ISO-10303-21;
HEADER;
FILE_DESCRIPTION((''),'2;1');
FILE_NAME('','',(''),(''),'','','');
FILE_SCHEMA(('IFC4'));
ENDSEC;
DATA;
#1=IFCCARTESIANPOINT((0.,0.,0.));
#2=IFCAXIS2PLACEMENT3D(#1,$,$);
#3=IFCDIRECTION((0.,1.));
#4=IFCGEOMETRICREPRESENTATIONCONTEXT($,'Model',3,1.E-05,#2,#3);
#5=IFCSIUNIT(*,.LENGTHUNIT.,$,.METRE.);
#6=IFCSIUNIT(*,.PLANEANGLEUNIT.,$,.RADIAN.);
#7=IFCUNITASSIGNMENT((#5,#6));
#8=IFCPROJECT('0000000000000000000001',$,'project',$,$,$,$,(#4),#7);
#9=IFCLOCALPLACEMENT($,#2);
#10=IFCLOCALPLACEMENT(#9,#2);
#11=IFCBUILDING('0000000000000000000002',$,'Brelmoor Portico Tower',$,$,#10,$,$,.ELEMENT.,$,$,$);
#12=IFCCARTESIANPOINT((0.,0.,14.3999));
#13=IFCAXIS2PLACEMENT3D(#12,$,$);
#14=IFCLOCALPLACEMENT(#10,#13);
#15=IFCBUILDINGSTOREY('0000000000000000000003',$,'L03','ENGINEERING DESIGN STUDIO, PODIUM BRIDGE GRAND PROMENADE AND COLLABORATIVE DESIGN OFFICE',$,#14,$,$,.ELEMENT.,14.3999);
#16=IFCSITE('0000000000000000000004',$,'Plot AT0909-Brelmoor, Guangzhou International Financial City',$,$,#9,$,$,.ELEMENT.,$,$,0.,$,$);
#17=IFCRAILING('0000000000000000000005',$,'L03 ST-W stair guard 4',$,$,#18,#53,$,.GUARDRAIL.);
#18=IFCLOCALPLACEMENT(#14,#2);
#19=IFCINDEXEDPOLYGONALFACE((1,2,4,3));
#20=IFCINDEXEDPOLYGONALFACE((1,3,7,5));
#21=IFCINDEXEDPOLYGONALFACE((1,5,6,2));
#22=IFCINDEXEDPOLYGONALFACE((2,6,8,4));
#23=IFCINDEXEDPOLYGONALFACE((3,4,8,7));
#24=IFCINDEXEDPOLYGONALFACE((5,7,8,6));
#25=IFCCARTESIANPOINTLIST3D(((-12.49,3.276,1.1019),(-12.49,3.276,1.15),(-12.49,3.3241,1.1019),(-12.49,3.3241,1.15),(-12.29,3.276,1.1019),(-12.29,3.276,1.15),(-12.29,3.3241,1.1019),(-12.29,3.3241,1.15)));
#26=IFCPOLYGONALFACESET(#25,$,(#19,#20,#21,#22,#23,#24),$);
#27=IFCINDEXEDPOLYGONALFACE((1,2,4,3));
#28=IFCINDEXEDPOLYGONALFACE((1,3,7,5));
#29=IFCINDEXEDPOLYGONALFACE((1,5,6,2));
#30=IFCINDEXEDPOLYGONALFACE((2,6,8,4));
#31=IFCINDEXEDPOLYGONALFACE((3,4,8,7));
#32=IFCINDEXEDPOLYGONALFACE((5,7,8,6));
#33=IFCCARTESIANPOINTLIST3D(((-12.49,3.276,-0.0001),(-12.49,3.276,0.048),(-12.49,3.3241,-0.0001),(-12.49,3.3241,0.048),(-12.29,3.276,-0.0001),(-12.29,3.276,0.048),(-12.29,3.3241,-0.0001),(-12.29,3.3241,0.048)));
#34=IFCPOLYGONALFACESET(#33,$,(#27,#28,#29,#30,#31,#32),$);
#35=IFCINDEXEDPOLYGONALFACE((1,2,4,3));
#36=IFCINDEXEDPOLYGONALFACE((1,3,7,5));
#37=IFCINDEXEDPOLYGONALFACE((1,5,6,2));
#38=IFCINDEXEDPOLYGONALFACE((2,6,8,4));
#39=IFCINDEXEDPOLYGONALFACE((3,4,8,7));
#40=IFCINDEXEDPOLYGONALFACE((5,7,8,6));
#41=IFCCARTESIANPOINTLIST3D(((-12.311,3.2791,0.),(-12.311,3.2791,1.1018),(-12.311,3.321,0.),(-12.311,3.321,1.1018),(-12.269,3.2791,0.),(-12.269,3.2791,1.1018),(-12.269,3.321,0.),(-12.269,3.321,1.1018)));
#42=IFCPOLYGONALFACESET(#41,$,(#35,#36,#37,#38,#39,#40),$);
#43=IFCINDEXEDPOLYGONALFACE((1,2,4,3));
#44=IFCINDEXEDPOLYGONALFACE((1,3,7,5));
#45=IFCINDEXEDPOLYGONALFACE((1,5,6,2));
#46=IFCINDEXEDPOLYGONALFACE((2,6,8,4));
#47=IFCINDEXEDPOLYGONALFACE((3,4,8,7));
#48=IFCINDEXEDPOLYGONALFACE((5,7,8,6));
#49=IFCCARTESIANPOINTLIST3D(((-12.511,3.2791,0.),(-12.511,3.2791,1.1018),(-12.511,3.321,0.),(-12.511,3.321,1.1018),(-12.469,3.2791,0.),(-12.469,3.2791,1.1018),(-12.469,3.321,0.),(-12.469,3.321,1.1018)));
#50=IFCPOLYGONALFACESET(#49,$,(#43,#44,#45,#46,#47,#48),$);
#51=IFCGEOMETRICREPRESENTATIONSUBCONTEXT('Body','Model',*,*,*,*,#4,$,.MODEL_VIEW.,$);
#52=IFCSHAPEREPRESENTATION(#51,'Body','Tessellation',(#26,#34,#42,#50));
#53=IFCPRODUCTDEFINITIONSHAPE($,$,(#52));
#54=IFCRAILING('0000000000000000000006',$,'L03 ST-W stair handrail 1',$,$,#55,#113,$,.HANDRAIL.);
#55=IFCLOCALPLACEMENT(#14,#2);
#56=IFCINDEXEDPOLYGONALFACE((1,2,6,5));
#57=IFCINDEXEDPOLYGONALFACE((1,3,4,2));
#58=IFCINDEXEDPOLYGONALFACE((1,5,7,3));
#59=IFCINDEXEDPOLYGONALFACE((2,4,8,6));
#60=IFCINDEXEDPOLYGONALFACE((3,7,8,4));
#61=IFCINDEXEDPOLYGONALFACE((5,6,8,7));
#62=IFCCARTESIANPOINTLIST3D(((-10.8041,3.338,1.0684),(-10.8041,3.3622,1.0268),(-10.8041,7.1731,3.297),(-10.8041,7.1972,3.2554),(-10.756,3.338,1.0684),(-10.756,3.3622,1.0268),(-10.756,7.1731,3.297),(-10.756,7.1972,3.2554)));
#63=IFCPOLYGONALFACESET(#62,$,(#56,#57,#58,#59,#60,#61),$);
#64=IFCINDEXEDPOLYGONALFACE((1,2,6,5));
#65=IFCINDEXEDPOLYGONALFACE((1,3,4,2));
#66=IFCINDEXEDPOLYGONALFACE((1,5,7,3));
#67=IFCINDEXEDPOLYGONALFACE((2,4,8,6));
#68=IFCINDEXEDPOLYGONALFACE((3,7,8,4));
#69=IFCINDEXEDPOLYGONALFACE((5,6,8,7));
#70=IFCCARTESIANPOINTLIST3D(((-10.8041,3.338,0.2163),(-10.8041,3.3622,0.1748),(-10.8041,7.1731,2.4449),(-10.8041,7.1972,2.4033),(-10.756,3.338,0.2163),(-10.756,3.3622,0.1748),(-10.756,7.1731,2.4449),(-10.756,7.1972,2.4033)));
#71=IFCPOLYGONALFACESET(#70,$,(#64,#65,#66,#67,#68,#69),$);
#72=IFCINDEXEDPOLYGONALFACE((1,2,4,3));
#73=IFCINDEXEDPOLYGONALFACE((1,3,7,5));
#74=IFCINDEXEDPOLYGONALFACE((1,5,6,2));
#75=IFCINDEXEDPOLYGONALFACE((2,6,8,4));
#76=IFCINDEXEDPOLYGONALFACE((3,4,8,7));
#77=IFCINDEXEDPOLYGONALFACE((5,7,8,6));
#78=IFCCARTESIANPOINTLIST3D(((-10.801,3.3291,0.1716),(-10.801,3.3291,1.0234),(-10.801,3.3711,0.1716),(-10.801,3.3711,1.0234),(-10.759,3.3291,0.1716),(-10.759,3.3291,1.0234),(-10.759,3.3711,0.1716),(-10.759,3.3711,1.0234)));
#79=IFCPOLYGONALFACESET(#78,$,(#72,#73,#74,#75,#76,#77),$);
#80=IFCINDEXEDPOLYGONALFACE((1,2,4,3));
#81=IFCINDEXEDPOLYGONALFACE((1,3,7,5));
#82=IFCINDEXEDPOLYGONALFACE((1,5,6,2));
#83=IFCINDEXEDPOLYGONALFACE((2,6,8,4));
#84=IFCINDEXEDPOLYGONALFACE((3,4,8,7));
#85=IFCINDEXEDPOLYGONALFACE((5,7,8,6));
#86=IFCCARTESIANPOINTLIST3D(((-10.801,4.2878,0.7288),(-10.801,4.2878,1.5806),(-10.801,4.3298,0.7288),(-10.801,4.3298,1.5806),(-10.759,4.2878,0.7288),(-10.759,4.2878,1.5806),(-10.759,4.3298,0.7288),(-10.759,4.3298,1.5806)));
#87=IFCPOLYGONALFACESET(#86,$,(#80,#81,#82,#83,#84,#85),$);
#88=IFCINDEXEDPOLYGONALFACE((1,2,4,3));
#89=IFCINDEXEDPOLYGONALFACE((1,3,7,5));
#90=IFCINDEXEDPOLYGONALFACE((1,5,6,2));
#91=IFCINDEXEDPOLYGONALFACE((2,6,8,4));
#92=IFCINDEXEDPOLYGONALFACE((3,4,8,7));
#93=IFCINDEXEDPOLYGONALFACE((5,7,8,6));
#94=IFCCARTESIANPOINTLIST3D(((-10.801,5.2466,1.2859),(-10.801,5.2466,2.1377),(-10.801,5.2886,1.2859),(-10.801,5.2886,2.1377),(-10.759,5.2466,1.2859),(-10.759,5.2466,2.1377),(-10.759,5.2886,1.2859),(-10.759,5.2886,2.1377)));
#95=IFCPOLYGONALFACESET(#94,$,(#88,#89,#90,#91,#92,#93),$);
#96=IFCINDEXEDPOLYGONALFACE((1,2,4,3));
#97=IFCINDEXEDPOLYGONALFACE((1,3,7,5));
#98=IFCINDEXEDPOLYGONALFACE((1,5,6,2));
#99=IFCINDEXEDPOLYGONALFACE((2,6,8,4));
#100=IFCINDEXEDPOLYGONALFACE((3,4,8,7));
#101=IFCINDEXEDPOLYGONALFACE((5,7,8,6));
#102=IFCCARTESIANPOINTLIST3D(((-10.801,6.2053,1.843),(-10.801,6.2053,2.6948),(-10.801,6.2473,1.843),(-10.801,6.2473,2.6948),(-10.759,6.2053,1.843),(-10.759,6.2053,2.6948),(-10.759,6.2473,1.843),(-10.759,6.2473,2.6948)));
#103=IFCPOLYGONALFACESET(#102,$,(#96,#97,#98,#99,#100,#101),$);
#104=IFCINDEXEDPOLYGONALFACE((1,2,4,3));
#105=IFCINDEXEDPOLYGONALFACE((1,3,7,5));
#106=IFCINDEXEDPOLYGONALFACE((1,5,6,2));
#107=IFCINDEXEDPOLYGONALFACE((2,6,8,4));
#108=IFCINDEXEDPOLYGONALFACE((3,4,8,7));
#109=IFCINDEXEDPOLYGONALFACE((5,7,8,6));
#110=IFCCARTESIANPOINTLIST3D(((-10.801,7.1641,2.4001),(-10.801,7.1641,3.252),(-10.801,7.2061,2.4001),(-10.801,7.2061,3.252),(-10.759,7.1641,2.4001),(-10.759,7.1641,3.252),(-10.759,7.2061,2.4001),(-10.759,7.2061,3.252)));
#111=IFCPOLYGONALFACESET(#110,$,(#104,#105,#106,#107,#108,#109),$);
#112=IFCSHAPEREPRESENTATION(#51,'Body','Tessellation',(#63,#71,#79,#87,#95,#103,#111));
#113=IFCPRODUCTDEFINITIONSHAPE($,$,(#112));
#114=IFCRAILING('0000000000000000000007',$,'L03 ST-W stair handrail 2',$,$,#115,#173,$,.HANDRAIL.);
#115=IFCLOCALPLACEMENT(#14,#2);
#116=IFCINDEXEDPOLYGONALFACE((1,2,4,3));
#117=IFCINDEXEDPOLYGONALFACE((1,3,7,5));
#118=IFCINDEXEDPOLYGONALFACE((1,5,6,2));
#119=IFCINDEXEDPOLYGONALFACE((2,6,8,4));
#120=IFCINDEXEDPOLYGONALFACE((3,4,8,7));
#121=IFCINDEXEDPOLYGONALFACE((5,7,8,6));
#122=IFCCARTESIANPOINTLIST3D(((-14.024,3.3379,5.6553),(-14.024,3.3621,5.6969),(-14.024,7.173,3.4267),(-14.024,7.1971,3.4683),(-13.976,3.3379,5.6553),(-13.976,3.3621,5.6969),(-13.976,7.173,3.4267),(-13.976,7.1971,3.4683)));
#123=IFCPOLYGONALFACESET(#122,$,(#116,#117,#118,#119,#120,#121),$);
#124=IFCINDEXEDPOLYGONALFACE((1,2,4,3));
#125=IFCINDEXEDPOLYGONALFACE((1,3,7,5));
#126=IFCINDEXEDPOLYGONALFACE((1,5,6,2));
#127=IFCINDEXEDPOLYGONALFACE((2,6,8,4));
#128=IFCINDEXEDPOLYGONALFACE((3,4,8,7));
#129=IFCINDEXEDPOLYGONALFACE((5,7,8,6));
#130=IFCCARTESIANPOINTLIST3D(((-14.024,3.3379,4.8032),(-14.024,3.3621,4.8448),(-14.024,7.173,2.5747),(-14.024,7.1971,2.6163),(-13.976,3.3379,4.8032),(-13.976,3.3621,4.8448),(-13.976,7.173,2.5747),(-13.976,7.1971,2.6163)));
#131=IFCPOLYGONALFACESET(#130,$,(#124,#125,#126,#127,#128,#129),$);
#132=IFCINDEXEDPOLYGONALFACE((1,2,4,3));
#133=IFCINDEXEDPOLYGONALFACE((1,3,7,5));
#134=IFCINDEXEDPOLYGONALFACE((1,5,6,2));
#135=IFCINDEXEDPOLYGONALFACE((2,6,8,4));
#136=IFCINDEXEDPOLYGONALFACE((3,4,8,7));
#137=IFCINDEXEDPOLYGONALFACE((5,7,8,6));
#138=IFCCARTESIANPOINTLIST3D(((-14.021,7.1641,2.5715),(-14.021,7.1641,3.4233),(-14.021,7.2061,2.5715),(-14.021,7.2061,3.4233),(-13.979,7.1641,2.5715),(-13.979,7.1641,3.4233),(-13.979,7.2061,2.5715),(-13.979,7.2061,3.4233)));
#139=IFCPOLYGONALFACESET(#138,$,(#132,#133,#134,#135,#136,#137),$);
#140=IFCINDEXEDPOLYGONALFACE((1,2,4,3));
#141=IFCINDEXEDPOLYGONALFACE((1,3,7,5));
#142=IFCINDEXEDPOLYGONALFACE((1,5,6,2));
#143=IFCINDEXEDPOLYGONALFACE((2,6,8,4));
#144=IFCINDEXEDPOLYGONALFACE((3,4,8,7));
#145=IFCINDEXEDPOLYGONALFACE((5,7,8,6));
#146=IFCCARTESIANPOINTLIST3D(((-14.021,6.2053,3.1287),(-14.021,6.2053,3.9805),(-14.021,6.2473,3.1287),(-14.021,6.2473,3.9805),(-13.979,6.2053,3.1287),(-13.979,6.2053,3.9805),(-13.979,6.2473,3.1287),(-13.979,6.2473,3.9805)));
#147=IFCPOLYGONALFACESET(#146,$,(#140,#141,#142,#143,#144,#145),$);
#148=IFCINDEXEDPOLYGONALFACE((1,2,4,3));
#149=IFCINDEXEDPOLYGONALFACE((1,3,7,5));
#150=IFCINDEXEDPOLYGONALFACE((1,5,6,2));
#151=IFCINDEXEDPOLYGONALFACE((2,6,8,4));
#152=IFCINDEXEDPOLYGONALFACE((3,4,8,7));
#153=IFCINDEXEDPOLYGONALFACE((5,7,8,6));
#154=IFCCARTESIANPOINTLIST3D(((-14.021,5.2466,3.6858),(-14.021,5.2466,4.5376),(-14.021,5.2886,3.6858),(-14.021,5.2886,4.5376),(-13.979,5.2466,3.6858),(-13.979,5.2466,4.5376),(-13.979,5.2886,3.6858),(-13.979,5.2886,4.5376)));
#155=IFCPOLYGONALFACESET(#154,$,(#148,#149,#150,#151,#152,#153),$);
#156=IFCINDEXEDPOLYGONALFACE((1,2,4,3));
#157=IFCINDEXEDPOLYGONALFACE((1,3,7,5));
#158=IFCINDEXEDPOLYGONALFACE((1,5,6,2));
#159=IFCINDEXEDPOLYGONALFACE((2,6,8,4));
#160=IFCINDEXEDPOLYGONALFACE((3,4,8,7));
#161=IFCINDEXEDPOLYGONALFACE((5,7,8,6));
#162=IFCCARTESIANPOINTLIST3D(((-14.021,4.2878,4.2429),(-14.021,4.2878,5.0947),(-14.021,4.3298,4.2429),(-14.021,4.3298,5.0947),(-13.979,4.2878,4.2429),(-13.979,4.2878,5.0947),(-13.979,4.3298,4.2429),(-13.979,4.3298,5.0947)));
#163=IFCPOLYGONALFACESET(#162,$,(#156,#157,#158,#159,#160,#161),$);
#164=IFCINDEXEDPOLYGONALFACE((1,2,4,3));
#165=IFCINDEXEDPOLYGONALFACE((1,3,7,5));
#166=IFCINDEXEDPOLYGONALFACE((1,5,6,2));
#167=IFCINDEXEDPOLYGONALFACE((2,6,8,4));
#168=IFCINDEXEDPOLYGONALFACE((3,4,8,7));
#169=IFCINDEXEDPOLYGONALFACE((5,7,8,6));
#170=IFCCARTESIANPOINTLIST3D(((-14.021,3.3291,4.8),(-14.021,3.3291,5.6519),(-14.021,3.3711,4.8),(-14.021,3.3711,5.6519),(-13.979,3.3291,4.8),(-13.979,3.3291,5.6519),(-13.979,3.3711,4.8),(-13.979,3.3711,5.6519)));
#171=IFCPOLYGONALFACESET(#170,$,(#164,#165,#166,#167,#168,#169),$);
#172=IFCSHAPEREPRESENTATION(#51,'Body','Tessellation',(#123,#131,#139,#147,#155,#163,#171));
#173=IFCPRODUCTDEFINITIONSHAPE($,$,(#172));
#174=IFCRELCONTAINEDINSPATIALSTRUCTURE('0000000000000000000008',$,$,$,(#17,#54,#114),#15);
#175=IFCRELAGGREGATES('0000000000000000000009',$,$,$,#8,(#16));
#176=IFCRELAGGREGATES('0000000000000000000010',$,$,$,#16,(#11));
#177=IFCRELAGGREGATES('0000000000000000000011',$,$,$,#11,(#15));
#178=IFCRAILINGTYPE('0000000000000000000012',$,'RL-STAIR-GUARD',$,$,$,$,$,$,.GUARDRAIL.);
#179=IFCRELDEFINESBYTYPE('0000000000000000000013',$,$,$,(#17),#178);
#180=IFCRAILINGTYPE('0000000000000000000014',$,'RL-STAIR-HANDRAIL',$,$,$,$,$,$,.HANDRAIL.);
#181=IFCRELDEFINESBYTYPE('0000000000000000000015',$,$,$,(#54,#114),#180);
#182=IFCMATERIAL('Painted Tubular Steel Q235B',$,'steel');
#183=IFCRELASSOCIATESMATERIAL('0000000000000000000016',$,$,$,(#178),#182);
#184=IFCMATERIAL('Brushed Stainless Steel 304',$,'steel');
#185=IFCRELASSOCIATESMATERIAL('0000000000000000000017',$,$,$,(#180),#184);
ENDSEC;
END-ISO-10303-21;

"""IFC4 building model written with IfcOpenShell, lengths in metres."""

from ifc_helpers import new_model, si_unit, direction, frame, origin, origin_2d, place, context, subcontext, project, spatial, rectangle, extrude, material, type_object, element, save


model = new_model("IFC4")

# Units and contexts
model_context = context("Model", 3, precision=1e-05, world=origin(), true_north=direction((0.0, 1.0)))
body_context = subcontext(model_context, "Body", "Model", "MODEL_VIEW")
ifc_project = project(units=[si_unit("LENGTHUNIT", "METRE"), si_unit("PLANEANGLEUNIT", "RADIAN")], contexts=[model_context])

# Site, building, storey
site_placement = place(None, origin())
site = spatial("IfcSite", under=ifc_project, at=site_placement, Name="Plot AT0909-Brelmoor, Guangzhou International Financial City", CompositionType="ELEMENT", RefElevation=0.0)
building_placement = place(site_placement, origin())
building = spatial("IfcBuilding", under=site, at=building_placement, Name="Brelmoor Portico Tower", CompositionType="ELEMENT")
storey_placement = place(building_placement, frame((0.0, 0.0, 14.3999)))
storey = spatial("IfcBuildingStorey", under=building, at=storey_placement, Name="L03", Description="ENGINEERING DESIGN STUDIO, PODIUM BRIDGE GRAND PROMENADE AND COLLABORATIVE DESIGN OFFICE", CompositionType="ELEMENT", Elevation=14.3999)

# Railings
ifc_material_1 = material(Name="Painted Tubular Steel Q235B", Category="steel")
railing_type_1 = type_object("IfcRailingType", Name="RL-STAIR-GUARD", PredefinedType="GUARDRAIL", material=ifc_material_1)
railing_1_placement = place(storey_placement, frame((-12.29, 3.3, 0.0)))
element("IfcRailing", 1, at=railing_1_placement, inside=storey, type_object=railing_type_1, Name="L03 ST-W stair guard 4", PredefinedType="GUARDRAIL", context=body_context, shape_type="SweptSolid", body=[
    extrude(rectangle(XDim=0.0481, YDim=0.0481, at=origin_2d()), frame((0.0, 0.0, 1.126), z_axis=(-1.0, 0.0, 0.0), x_axis=(0.0, -1.0, 0.0)), (0.0, 0.0, 1.0), 0.2),
    extrude(rectangle(XDim=0.0481, YDim=0.0481, at=origin_2d()), frame((0.0, 0.0, 0.0239), z_axis=(-1.0, 0.0, 0.0), x_axis=(0.0, -1.0, 0.0)), (0.0, 0.0, 1.0), 0.2),
    extrude(rectangle(XDim=0.042, YDim=0.042, at=origin_2d()), origin(), (0.0, 0.0, 1.0), 1.1018),
    extrude(rectangle(XDim=0.042, YDim=0.042, at=origin_2d()), frame((-0.2, 0.0, 0.0)), (0.0, 0.0, 1.0), 1.1018),
])
ifc_material_2 = material(Name="Brushed Stainless Steel 304", Category="steel")
railing_type_2 = type_object("IfcRailingType", Name="RL-STAIR-HANDRAIL", PredefinedType="HANDRAIL", material=ifc_material_2)
railing_2_placement = place(storey_placement, frame((-10.78, 3.3501, 0.1716)))
element("IfcRailing", 2, at=railing_2_placement, inside=storey, type_object=railing_type_2, Name="L03 ST-W stair handrail 1", PredefinedType="HANDRAIL", context=body_context, shape_type="SweptSolid", body=[
    extrude(rectangle(XDim=0.0481, YDim=0.0481, at=origin_2d()), frame((0.0, 0.0, 0.876), z_axis=(0.0, 0.864616, 0.502433), x_axis=(-1.0, 0.0, 0.0)), (0.0, 0.0, 1.0), 4.4355),
    extrude(rectangle(XDim=0.0481, YDim=0.0481, at=origin_2d()), frame((0.0, 0.0, 0.0239), z_axis=(0.0, 0.864616, 0.502433), x_axis=(-1.0, 0.0, 0.0)), (0.0, 0.0, 1.0), 4.4355),
    extrude(rectangle(XDim=0.042, YDim=0.042, at=origin_2d()), origin(), (0.0, 0.0, 1.0), 0.8518),
    extrude(rectangle(XDim=0.042, YDim=0.042, at=origin_2d()), frame((0.0, 0.9587, 0.5571)), (0.0, 0.0, 1.0), 0.8518),
    extrude(rectangle(XDim=0.042, YDim=0.042, at=origin_2d()), frame((0.0, 1.9175, 1.1143)), (0.0, 0.0, 1.0), 0.8518),
    extrude(rectangle(XDim=0.042, YDim=0.042, at=origin_2d()), frame((0.0, 2.8762, 1.6714)), (0.0, 0.0, 1.0), 0.8518),
    extrude(rectangle(XDim=0.042, YDim=0.042, at=origin_2d()), frame((0.0, 3.835, 2.2285)), (0.0, 0.0, 1.0), 0.8518),
])
railing_3_placement = place(storey_placement, frame((-14.0, 7.1851, 2.5715)))
element("IfcRailing", 3, at=railing_3_placement, inside=storey, type_object=railing_type_2, Name="L03 ST-W stair handrail 2", PredefinedType="HANDRAIL", context=body_context, shape_type="SweptSolid", body=[
    extrude(rectangle(XDim=0.0481, YDim=0.0481, at=origin_2d()), frame((0.0, 0.0, 0.876), z_axis=(0.0, -0.864616, 0.502433), x_axis=(1.0, 0.0, 0.0)), (0.0, 0.0, 1.0), 4.4355),
    extrude(rectangle(XDim=0.0481, YDim=0.0481, at=origin_2d()), frame((0.0, 0.0, 0.0239), z_axis=(0.0, -0.864616, 0.502433), x_axis=(1.0, 0.0, 0.0)), (0.0, 0.0, 1.0), 4.4355),
    extrude(rectangle(XDim=0.042, YDim=0.042, at=origin_2d()), origin(), (0.0, 0.0, 1.0), 0.8518),
    extrude(rectangle(XDim=0.042, YDim=0.042, at=origin_2d()), frame((0.0, -0.9587, 0.5571)), (0.0, 0.0, 1.0), 0.8518),
    extrude(rectangle(XDim=0.042, YDim=0.042, at=origin_2d()), frame((0.0, -1.9175, 1.1143)), (0.0, 0.0, 1.0), 0.8518),
    extrude(rectangle(XDim=0.042, YDim=0.042, at=origin_2d()), frame((0.0, -2.8762, 1.6714)), (0.0, 0.0, 1.0), 0.8518),
    extrude(rectangle(XDim=0.042, YDim=0.042, at=origin_2d()), frame((0.0, -3.835, 2.2285)), (0.0, 0.0, 1.0), 0.8518),
])

save(model, "model.ifc")
